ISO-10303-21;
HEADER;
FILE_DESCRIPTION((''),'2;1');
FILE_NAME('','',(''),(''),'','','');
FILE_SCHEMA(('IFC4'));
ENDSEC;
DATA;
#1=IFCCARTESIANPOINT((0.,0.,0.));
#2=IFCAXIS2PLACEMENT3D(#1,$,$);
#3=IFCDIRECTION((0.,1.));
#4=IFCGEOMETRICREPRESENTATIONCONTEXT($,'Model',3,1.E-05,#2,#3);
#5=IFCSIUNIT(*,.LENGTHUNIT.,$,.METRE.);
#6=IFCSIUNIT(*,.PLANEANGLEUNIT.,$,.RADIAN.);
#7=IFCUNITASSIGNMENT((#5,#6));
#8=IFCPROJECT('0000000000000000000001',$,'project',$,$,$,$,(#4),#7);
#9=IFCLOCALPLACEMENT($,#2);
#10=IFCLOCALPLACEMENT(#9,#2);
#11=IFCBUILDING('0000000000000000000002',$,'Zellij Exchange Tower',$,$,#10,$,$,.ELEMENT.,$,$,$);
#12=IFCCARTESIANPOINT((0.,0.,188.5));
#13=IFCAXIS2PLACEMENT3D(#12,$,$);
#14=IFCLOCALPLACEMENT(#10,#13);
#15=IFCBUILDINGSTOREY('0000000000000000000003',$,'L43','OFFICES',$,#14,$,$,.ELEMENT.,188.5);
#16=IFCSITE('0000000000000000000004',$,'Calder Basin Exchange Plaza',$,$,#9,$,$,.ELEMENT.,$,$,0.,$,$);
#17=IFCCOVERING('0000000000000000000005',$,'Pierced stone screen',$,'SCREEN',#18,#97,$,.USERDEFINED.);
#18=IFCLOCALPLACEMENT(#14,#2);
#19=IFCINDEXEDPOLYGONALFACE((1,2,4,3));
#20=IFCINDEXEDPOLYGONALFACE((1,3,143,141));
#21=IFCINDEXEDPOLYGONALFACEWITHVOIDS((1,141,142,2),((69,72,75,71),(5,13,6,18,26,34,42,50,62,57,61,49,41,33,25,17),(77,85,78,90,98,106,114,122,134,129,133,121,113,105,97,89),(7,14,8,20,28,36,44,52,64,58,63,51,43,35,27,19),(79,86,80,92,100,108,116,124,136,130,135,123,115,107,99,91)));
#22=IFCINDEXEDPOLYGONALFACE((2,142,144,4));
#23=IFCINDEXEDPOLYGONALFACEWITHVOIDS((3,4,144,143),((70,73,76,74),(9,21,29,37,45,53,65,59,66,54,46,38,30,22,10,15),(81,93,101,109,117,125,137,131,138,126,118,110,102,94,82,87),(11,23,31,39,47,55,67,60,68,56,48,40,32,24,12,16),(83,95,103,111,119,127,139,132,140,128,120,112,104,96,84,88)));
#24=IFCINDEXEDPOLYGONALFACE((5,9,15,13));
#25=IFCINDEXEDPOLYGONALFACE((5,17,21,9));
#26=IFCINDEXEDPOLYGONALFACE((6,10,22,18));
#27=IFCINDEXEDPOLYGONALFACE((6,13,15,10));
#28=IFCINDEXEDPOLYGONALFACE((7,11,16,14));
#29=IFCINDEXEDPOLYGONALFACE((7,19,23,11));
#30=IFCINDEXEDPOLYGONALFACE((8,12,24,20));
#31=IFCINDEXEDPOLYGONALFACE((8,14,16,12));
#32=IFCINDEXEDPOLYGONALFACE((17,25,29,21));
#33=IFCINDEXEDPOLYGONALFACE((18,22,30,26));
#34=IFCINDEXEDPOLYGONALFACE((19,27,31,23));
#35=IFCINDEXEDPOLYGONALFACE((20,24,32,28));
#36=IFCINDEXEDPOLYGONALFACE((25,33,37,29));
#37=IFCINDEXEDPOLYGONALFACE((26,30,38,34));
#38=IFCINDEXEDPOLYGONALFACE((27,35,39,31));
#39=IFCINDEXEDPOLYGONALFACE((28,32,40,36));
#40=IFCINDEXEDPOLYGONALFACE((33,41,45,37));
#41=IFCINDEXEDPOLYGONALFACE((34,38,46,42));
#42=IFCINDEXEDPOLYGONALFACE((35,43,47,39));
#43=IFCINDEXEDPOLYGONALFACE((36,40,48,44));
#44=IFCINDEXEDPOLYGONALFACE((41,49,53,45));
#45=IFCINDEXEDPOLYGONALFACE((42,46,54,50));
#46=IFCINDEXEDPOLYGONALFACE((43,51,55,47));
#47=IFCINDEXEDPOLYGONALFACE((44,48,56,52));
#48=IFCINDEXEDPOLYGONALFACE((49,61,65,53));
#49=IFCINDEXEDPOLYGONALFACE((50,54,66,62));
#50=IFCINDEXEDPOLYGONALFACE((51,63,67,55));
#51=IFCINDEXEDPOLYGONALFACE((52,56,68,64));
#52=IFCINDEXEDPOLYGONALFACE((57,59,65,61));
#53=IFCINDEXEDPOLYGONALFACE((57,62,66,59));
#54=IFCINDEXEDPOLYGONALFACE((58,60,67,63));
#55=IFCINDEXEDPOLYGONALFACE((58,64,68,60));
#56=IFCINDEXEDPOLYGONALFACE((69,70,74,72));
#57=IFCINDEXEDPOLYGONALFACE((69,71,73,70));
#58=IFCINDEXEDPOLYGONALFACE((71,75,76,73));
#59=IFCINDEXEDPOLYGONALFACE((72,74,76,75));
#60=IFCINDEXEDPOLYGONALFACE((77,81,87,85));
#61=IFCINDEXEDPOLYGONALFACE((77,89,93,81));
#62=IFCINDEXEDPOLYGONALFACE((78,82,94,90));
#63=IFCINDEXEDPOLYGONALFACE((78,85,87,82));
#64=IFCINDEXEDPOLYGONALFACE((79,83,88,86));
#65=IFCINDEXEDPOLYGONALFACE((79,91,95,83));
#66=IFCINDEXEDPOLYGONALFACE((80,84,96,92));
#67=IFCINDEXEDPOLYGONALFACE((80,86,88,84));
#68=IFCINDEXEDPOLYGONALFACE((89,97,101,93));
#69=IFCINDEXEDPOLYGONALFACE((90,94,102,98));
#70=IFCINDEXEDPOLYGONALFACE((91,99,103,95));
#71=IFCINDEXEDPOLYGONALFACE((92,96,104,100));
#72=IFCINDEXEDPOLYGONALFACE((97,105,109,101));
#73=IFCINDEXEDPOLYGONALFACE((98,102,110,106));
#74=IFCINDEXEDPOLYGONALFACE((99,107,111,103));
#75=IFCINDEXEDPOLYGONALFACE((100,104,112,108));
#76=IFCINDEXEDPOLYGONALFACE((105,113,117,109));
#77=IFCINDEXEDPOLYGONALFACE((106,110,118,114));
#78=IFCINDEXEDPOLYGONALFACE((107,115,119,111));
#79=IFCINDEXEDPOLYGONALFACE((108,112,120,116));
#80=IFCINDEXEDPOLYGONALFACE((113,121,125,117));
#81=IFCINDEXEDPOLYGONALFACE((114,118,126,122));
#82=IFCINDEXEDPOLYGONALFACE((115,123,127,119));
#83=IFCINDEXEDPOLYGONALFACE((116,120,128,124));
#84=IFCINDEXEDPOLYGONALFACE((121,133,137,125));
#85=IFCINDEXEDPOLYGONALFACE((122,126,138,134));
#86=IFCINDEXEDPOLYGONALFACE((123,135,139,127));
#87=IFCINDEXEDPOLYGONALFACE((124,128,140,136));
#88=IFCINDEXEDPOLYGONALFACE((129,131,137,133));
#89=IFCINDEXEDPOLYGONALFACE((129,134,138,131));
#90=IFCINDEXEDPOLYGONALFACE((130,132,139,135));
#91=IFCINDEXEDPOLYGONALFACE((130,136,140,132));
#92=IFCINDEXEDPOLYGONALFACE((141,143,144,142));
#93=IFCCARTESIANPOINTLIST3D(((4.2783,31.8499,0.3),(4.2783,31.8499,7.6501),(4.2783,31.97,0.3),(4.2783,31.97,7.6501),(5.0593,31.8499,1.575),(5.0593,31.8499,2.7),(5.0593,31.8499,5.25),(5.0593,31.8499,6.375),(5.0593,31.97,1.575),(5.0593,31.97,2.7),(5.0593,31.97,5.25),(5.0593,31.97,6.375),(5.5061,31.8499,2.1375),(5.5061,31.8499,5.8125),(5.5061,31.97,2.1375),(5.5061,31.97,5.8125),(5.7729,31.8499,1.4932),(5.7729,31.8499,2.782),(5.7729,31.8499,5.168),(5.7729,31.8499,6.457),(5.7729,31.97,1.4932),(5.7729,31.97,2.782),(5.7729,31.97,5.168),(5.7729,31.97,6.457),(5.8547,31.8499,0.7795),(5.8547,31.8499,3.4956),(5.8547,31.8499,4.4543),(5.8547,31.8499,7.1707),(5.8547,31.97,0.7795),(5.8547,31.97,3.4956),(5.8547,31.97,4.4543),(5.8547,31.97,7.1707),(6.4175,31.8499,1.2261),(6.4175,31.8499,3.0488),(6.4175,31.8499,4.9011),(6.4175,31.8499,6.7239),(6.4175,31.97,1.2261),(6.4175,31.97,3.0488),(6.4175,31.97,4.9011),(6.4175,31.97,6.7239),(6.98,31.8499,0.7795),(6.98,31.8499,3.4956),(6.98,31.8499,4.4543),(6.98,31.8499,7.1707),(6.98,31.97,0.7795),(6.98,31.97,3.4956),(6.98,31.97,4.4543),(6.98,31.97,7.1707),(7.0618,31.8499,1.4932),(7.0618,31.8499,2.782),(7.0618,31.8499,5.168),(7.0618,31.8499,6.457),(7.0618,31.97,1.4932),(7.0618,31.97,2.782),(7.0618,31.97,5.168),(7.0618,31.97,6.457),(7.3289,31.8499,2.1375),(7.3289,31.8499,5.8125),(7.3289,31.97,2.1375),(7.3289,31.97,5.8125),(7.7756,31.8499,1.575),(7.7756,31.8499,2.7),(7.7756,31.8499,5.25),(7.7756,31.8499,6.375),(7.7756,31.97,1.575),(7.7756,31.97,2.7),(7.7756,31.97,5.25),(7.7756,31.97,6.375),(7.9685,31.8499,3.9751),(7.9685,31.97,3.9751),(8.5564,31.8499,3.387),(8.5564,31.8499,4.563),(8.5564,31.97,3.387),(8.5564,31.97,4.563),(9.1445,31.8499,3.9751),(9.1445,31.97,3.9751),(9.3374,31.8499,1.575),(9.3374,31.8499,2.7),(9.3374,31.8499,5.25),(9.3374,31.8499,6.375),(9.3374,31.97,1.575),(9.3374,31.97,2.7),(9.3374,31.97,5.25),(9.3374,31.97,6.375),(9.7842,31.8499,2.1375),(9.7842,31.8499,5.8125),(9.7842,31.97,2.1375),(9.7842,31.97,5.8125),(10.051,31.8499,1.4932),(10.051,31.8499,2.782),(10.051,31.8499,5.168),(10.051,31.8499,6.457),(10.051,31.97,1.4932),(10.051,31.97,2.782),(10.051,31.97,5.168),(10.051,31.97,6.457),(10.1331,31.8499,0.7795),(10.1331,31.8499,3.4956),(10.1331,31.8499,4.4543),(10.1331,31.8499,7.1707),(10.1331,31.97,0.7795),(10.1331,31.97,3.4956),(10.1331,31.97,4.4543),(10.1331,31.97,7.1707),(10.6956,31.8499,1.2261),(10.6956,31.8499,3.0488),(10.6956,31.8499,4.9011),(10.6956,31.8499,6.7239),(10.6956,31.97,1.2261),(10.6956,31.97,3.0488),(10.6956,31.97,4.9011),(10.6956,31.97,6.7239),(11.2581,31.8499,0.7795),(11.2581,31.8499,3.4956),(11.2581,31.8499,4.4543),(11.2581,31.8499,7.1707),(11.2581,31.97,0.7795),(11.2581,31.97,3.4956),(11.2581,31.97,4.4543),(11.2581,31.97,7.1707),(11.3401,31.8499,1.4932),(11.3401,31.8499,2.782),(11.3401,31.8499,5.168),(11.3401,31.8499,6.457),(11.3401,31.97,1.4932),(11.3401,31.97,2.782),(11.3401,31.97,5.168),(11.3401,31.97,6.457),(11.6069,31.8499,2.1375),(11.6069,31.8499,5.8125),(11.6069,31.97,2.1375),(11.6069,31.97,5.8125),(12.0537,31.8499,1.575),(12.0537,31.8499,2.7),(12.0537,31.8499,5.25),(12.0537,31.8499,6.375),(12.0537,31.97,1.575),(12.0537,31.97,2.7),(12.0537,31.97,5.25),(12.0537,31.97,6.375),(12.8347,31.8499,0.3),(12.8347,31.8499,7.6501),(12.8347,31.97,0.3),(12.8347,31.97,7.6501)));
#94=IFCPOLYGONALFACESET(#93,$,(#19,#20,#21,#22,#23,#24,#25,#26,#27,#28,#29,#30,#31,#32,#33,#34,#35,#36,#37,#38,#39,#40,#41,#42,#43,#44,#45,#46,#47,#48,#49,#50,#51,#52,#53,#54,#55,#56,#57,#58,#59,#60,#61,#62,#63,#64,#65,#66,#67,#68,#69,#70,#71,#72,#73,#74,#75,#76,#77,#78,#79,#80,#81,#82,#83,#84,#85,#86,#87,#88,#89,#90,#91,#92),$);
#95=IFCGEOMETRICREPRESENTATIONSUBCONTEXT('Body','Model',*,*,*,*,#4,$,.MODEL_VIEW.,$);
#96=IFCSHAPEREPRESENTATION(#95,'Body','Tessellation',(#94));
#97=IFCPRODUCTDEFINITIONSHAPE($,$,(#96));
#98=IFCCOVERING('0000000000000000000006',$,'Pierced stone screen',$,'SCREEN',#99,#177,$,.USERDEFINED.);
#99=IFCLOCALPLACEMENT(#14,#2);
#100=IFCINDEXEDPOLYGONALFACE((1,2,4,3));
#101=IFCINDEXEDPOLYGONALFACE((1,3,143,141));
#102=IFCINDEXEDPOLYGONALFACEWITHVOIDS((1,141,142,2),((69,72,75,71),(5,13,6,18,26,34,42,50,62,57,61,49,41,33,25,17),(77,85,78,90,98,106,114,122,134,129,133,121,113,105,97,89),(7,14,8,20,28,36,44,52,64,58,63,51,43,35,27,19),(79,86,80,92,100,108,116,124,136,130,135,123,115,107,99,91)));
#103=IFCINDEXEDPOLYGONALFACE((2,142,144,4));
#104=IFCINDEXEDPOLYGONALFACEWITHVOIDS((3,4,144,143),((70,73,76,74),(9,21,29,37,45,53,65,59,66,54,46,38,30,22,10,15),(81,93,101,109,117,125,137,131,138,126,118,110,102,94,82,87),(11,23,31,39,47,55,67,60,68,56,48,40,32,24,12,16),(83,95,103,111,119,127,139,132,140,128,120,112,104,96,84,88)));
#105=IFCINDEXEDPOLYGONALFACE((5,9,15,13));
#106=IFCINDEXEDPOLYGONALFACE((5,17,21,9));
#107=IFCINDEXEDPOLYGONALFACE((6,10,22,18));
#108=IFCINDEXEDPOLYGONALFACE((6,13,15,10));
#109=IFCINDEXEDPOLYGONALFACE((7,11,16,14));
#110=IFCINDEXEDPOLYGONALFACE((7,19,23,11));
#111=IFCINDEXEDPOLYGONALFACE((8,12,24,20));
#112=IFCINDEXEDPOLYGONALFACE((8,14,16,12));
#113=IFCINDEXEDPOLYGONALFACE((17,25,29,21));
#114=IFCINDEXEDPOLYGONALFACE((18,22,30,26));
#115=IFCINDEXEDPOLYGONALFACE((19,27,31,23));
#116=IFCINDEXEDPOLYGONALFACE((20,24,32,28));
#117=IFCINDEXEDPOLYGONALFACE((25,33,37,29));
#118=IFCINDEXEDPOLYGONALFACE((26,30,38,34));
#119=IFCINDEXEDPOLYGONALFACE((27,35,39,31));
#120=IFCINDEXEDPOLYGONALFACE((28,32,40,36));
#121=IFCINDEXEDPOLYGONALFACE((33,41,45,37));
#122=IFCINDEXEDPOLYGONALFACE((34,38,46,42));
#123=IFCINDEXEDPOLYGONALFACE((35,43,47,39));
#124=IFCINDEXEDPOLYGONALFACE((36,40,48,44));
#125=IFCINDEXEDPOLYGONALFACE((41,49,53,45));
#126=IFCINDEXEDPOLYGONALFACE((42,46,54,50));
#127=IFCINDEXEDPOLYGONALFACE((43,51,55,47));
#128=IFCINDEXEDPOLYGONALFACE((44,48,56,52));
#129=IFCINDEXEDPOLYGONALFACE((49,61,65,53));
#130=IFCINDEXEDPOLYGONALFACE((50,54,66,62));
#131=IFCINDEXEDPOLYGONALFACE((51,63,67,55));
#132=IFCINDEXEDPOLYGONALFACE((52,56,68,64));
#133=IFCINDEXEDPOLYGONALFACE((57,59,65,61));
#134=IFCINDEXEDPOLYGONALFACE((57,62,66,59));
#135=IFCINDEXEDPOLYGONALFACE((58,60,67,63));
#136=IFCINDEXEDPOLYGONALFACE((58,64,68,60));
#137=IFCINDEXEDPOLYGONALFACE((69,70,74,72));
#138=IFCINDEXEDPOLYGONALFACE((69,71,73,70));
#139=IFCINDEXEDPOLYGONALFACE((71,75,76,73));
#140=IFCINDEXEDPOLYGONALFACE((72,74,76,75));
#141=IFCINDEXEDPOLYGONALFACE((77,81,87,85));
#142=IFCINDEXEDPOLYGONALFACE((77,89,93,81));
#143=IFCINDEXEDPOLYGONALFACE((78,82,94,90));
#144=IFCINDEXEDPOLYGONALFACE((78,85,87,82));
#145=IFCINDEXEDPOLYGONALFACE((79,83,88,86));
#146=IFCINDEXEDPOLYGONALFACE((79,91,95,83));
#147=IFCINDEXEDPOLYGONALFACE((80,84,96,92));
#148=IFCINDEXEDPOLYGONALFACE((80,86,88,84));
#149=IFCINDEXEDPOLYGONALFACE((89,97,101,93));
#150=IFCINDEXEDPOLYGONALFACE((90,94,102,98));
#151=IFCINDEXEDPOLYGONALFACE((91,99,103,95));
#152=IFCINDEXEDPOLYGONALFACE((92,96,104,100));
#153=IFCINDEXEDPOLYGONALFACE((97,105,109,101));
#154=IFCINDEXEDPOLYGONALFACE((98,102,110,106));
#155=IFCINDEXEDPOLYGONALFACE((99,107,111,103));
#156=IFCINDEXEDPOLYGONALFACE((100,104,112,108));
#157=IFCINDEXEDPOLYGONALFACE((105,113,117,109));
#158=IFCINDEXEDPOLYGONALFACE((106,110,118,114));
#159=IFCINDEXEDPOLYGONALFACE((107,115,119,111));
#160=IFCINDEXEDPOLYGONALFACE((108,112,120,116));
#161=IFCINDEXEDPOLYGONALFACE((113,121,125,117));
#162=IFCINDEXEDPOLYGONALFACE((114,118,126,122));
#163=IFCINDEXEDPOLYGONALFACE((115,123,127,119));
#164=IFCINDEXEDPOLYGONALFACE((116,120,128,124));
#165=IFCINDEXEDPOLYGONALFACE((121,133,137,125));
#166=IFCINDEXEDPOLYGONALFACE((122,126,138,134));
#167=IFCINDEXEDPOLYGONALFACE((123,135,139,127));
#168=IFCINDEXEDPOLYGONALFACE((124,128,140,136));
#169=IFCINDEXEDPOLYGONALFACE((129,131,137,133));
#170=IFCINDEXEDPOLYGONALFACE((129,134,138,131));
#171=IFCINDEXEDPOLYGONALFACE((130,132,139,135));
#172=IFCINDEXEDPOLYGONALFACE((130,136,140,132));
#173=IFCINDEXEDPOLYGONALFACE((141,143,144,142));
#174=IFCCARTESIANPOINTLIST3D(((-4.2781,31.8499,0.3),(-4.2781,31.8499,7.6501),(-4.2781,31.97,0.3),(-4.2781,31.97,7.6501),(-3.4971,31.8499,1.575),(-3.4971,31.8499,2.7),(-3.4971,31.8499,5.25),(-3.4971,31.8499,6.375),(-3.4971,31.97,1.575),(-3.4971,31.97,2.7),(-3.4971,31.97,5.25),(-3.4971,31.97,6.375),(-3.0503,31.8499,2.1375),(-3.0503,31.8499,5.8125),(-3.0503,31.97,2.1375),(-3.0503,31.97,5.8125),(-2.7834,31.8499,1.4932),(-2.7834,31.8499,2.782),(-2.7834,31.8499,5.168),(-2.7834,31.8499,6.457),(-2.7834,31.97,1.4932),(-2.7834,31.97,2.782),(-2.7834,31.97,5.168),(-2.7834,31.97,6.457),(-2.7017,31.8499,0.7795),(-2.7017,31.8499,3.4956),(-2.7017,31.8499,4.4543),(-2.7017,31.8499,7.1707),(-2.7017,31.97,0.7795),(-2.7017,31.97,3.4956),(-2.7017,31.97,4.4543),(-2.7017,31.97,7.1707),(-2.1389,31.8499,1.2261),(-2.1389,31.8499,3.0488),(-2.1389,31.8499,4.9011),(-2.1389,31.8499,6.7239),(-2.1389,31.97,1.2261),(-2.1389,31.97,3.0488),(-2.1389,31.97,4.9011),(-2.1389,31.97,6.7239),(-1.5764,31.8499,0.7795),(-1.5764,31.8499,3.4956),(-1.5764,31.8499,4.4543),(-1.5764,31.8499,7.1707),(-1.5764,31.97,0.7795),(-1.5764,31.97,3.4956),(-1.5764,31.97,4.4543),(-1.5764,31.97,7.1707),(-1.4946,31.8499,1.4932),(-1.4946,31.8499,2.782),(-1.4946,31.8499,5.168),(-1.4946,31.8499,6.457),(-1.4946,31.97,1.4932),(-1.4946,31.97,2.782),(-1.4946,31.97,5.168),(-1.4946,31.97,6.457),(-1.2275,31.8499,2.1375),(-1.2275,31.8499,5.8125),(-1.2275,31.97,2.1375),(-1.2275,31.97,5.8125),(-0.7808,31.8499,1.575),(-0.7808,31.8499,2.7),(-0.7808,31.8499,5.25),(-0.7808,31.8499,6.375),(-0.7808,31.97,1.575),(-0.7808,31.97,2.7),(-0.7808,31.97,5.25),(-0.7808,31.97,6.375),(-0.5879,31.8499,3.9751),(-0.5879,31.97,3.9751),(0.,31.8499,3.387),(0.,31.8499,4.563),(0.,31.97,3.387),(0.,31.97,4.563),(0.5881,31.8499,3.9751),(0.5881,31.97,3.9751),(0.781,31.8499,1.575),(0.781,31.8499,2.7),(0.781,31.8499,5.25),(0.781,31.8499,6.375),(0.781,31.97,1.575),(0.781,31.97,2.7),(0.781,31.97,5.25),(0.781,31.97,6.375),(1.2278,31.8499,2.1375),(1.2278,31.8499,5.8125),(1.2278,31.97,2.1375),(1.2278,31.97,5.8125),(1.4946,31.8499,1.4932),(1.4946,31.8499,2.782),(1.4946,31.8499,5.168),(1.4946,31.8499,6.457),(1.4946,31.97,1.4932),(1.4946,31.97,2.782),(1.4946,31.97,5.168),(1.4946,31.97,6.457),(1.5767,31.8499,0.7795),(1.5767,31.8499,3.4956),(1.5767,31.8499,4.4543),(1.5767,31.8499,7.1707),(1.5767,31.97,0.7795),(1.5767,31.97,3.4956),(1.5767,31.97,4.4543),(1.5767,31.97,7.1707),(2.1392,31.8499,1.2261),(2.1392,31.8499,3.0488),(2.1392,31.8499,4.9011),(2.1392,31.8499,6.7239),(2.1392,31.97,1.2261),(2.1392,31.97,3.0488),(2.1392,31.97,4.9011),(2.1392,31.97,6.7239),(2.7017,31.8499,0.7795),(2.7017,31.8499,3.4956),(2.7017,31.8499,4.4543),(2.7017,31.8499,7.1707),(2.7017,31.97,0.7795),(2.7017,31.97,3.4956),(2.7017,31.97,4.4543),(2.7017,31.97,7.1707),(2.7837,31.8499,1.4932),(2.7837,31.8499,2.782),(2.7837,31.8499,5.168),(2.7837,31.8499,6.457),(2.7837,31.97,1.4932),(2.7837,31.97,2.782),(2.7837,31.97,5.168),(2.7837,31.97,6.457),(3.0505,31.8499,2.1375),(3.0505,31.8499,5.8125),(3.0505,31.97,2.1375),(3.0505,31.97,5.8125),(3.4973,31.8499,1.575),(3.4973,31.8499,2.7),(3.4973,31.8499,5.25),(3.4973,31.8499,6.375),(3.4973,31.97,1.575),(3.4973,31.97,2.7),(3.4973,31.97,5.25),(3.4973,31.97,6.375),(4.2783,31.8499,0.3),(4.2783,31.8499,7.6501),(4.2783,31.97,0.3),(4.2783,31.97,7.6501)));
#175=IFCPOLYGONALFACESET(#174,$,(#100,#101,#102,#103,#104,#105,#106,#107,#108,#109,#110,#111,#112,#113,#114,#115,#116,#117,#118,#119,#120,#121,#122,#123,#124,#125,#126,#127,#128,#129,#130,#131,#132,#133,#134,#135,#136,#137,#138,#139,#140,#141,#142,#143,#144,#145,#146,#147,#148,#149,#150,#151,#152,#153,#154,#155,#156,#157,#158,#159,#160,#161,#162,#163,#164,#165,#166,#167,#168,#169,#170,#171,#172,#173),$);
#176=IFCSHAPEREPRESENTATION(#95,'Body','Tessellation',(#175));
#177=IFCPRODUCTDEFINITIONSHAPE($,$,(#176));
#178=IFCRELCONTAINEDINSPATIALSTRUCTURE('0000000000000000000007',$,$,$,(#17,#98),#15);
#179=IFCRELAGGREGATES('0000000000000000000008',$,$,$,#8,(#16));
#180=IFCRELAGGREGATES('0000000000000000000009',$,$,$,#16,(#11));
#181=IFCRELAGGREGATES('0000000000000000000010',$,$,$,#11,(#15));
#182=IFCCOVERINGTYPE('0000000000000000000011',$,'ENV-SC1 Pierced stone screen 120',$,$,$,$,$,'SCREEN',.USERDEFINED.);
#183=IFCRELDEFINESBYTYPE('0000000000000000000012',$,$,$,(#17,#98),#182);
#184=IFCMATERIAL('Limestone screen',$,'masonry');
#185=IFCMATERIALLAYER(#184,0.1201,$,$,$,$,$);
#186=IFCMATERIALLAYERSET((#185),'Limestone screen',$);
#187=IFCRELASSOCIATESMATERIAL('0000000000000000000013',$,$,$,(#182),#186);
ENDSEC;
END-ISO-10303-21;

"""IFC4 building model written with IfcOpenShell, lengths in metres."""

from ifc_helpers import new_model, si_unit, direction, frame, origin, place, context, subcontext, project, spatial, polyline, outline, extrude, material, layer, layer_set, type_object, element, save


model = new_model("IFC4")

# Units and contexts
model_context = context("Model", 3, precision=1e-05, world=origin(), true_north=direction((0.0, 1.0)))
body_context = subcontext(model_context, "Body", "Model", "MODEL_VIEW")
ifc_project = project(units=[si_unit("LENGTHUNIT", "METRE"), si_unit("PLANEANGLEUNIT", "RADIAN")], contexts=[model_context])

# Site, building, storey
site_placement = place(None, origin())
site = spatial("IfcSite", under=ifc_project, at=site_placement, Name="Calder Basin Exchange Plaza", CompositionType="ELEMENT", RefElevation=0.0)
building_placement = place(site_placement, origin())
building = spatial("IfcBuilding", under=site, at=building_placement, Name="Zellij Exchange Tower", CompositionType="ELEMENT")
storey_placement = place(building_placement, frame((0.0, 0.0, 188.5)))
storey = spatial("IfcBuildingStorey", under=building, at=storey_placement, Name="L43", Description="OFFICES", CompositionType="ELEMENT", Elevation=188.5)

# Coverings
ifc_material_1 = material(Name="Limestone screen", Category="masonry")
ifc_layer_1 = layer(ifc_material_1, 0.1201)
ifc_layer_set_1 = layer_set([ifc_layer_1], Name="Limestone screen")
covering_type = type_object("IfcCoveringType", Name="ENV-SC1 Pierced stone screen 120", ElementType="SCREEN", PredefinedType="USERDEFINED", material=ifc_layer_set_1)
covering_1_placement = place(storey_placement, frame((12.8347, 31.9099, 0.3), z_axis=(0.0, 0.0, 1.0), x_axis=(-1.0, 0.0, 0.0)))
element("IfcCovering", 1, at=covering_1_placement, inside=storey, type_object=covering_type, Name="Pierced stone screen", ObjectType="SCREEN", PredefinedType="USERDEFINED", context=body_context, shape_type="SweptSolid", body=[
    extrude(outline(polyline([(0.0, 0.0), (8.5564, 0.0), (8.5564, 7.3501), (0.0, 7.3501), (0.0, 0.0)]), holes=[polyline([(3.4973, 2.3999), (2.7837, 2.4819), (2.7017, 3.1956), (2.1392, 2.7488), (1.5767, 3.1956), (1.4946, 2.4819), (0.781, 2.3999), (1.2278, 1.8374), (0.781, 1.2749), (1.4946, 1.1931), (1.5767, 0.4795), (2.1392, 0.926), (2.7017, 0.4795), (2.7837, 1.1931), (3.4973, 1.2749), (3.0505, 1.8374), (3.4973, 2.3999)]), polyline([(3.4973, 6.075), (2.7837, 6.157), (2.7017, 6.8706), (2.1392, 6.4238), (1.5767, 6.8706), (1.4946, 6.157), (0.781, 6.075), (1.2278, 5.5125), (0.781, 4.95), (1.4946, 4.8679), (1.5767, 4.1543), (2.1392, 4.6011), (2.7017, 4.1543), (2.7837, 4.8679), (3.4973, 4.95), (3.0505, 5.5125), (3.4973, 6.075)]), polyline([(7.7754, 2.3999), (7.0618, 2.4819), (6.98, 3.1956), (6.4172, 2.7488), (5.8547, 3.1956), (5.7729, 2.4819), (5.0591, 2.3999), (5.5059, 1.8374), (5.0591, 1.2749), (5.7729, 1.1931), (5.8547, 0.4795), (6.4172, 0.926), (6.98, 0.4795), (7.0618, 1.1931), (7.7754, 1.2749), (7.3286, 1.8374), (7.7754, 2.3999)]), polyline([(7.7754, 6.075), (7.0618, 6.157), (6.98, 6.8706), (6.4172, 6.4238), (5.8547, 6.8706), (5.7729, 6.157), (5.0591, 6.075), (5.5059, 5.5125), (5.0591, 4.95), (5.7729, 4.8679), (5.8547, 4.1543), (6.4172, 4.6011), (6.98, 4.1543), (7.0618, 4.8679), (7.7754, 4.95), (7.3286, 5.5125), (7.7754, 6.075)]), polyline([(4.8662, 3.675), (4.2783, 4.2629), (3.6902, 3.675), (4.2783, 3.0869), (4.8662, 3.675)])]), frame((0.0, 0.0601, 0.0), z_axis=(0.0, -1.0, 0.0), x_axis=(1.0, 0.0, 0.0)), (0.0, 0.0, 1.0), 0.1201),
])
covering_2_placement = place(storey_placement, frame((4.2783, 31.9099, 0.3), z_axis=(0.0, 0.0, 1.0), x_axis=(-1.0, 0.0, 0.0)))
element("IfcCovering", 2, at=covering_2_placement, inside=storey, type_object=covering_type, Name="Pierced stone screen", ObjectType="SCREEN", PredefinedType="USERDEFINED", context=body_context, shape_type="SweptSolid", body=[
    extrude(outline(polyline([(0.0, 0.0), (8.5564, 0.0), (8.5564, 7.3501), (0.0, 7.3501), (0.0, 0.0)]), holes=[polyline([(3.4973, 2.3999), (2.7837, 2.4819), (2.7017, 3.1956), (2.1392, 2.7488), (1.5767, 3.1956), (1.4946, 2.4819), (0.781, 2.3999), (1.2278, 1.8374), (0.781, 1.2749), (1.4946, 1.1931), (1.5767, 0.4795), (2.1392, 0.926), (2.7017, 0.4795), (2.7837, 1.1931), (3.4973, 1.2749), (3.0505, 1.8374), (3.4973, 2.3999)]), polyline([(3.4973, 6.075), (2.7837, 6.157), (2.7017, 6.8706), (2.1392, 6.4238), (1.5767, 6.8706), (1.4946, 6.157), (0.781, 6.075), (1.2278, 5.5125), (0.781, 4.95), (1.4946, 4.8679), (1.5767, 4.1543), (2.1392, 4.6011), (2.7017, 4.1543), (2.7837, 4.8679), (3.4973, 4.95), (3.0505, 5.5125), (3.4973, 6.075)]), polyline([(7.7754, 2.3999), (7.0618, 2.4819), (6.98, 3.1956), (6.4172, 2.7488), (5.8547, 3.1956), (5.7729, 2.4819), (5.0591, 2.3999), (5.5059, 1.8374), (5.0591, 1.2749), (5.7729, 1.1931), (5.8547, 0.4795), (6.4172, 0.926), (6.98, 0.4795), (7.0618, 1.1931), (7.7754, 1.2749), (7.3286, 1.8374), (7.7754, 2.3999)]), polyline([(7.7754, 6.075), (7.0618, 6.157), (6.98, 6.8706), (6.4172, 6.4238), (5.8547, 6.8706), (5.7729, 6.157), (5.0591, 6.075), (5.5059, 5.5125), (5.0591, 4.95), (5.7729, 4.8679), (5.8547, 4.1543), (6.4172, 4.6011), (6.98, 4.1543), (7.0618, 4.8679), (7.7754, 4.95), (7.3286, 5.5125), (7.7754, 6.075)]), polyline([(4.8662, 3.675), (4.2783, 4.2629), (3.6902, 3.675), (4.2783, 3.0869), (4.8662, 3.675)])]), frame((0.0, 0.0601, 0.0), z_axis=(0.0, -1.0, 0.0), x_axis=(1.0, 0.0, 0.0)), (0.0, 0.0, 1.0), 0.1201),
])

save(model, "model.ifc")
